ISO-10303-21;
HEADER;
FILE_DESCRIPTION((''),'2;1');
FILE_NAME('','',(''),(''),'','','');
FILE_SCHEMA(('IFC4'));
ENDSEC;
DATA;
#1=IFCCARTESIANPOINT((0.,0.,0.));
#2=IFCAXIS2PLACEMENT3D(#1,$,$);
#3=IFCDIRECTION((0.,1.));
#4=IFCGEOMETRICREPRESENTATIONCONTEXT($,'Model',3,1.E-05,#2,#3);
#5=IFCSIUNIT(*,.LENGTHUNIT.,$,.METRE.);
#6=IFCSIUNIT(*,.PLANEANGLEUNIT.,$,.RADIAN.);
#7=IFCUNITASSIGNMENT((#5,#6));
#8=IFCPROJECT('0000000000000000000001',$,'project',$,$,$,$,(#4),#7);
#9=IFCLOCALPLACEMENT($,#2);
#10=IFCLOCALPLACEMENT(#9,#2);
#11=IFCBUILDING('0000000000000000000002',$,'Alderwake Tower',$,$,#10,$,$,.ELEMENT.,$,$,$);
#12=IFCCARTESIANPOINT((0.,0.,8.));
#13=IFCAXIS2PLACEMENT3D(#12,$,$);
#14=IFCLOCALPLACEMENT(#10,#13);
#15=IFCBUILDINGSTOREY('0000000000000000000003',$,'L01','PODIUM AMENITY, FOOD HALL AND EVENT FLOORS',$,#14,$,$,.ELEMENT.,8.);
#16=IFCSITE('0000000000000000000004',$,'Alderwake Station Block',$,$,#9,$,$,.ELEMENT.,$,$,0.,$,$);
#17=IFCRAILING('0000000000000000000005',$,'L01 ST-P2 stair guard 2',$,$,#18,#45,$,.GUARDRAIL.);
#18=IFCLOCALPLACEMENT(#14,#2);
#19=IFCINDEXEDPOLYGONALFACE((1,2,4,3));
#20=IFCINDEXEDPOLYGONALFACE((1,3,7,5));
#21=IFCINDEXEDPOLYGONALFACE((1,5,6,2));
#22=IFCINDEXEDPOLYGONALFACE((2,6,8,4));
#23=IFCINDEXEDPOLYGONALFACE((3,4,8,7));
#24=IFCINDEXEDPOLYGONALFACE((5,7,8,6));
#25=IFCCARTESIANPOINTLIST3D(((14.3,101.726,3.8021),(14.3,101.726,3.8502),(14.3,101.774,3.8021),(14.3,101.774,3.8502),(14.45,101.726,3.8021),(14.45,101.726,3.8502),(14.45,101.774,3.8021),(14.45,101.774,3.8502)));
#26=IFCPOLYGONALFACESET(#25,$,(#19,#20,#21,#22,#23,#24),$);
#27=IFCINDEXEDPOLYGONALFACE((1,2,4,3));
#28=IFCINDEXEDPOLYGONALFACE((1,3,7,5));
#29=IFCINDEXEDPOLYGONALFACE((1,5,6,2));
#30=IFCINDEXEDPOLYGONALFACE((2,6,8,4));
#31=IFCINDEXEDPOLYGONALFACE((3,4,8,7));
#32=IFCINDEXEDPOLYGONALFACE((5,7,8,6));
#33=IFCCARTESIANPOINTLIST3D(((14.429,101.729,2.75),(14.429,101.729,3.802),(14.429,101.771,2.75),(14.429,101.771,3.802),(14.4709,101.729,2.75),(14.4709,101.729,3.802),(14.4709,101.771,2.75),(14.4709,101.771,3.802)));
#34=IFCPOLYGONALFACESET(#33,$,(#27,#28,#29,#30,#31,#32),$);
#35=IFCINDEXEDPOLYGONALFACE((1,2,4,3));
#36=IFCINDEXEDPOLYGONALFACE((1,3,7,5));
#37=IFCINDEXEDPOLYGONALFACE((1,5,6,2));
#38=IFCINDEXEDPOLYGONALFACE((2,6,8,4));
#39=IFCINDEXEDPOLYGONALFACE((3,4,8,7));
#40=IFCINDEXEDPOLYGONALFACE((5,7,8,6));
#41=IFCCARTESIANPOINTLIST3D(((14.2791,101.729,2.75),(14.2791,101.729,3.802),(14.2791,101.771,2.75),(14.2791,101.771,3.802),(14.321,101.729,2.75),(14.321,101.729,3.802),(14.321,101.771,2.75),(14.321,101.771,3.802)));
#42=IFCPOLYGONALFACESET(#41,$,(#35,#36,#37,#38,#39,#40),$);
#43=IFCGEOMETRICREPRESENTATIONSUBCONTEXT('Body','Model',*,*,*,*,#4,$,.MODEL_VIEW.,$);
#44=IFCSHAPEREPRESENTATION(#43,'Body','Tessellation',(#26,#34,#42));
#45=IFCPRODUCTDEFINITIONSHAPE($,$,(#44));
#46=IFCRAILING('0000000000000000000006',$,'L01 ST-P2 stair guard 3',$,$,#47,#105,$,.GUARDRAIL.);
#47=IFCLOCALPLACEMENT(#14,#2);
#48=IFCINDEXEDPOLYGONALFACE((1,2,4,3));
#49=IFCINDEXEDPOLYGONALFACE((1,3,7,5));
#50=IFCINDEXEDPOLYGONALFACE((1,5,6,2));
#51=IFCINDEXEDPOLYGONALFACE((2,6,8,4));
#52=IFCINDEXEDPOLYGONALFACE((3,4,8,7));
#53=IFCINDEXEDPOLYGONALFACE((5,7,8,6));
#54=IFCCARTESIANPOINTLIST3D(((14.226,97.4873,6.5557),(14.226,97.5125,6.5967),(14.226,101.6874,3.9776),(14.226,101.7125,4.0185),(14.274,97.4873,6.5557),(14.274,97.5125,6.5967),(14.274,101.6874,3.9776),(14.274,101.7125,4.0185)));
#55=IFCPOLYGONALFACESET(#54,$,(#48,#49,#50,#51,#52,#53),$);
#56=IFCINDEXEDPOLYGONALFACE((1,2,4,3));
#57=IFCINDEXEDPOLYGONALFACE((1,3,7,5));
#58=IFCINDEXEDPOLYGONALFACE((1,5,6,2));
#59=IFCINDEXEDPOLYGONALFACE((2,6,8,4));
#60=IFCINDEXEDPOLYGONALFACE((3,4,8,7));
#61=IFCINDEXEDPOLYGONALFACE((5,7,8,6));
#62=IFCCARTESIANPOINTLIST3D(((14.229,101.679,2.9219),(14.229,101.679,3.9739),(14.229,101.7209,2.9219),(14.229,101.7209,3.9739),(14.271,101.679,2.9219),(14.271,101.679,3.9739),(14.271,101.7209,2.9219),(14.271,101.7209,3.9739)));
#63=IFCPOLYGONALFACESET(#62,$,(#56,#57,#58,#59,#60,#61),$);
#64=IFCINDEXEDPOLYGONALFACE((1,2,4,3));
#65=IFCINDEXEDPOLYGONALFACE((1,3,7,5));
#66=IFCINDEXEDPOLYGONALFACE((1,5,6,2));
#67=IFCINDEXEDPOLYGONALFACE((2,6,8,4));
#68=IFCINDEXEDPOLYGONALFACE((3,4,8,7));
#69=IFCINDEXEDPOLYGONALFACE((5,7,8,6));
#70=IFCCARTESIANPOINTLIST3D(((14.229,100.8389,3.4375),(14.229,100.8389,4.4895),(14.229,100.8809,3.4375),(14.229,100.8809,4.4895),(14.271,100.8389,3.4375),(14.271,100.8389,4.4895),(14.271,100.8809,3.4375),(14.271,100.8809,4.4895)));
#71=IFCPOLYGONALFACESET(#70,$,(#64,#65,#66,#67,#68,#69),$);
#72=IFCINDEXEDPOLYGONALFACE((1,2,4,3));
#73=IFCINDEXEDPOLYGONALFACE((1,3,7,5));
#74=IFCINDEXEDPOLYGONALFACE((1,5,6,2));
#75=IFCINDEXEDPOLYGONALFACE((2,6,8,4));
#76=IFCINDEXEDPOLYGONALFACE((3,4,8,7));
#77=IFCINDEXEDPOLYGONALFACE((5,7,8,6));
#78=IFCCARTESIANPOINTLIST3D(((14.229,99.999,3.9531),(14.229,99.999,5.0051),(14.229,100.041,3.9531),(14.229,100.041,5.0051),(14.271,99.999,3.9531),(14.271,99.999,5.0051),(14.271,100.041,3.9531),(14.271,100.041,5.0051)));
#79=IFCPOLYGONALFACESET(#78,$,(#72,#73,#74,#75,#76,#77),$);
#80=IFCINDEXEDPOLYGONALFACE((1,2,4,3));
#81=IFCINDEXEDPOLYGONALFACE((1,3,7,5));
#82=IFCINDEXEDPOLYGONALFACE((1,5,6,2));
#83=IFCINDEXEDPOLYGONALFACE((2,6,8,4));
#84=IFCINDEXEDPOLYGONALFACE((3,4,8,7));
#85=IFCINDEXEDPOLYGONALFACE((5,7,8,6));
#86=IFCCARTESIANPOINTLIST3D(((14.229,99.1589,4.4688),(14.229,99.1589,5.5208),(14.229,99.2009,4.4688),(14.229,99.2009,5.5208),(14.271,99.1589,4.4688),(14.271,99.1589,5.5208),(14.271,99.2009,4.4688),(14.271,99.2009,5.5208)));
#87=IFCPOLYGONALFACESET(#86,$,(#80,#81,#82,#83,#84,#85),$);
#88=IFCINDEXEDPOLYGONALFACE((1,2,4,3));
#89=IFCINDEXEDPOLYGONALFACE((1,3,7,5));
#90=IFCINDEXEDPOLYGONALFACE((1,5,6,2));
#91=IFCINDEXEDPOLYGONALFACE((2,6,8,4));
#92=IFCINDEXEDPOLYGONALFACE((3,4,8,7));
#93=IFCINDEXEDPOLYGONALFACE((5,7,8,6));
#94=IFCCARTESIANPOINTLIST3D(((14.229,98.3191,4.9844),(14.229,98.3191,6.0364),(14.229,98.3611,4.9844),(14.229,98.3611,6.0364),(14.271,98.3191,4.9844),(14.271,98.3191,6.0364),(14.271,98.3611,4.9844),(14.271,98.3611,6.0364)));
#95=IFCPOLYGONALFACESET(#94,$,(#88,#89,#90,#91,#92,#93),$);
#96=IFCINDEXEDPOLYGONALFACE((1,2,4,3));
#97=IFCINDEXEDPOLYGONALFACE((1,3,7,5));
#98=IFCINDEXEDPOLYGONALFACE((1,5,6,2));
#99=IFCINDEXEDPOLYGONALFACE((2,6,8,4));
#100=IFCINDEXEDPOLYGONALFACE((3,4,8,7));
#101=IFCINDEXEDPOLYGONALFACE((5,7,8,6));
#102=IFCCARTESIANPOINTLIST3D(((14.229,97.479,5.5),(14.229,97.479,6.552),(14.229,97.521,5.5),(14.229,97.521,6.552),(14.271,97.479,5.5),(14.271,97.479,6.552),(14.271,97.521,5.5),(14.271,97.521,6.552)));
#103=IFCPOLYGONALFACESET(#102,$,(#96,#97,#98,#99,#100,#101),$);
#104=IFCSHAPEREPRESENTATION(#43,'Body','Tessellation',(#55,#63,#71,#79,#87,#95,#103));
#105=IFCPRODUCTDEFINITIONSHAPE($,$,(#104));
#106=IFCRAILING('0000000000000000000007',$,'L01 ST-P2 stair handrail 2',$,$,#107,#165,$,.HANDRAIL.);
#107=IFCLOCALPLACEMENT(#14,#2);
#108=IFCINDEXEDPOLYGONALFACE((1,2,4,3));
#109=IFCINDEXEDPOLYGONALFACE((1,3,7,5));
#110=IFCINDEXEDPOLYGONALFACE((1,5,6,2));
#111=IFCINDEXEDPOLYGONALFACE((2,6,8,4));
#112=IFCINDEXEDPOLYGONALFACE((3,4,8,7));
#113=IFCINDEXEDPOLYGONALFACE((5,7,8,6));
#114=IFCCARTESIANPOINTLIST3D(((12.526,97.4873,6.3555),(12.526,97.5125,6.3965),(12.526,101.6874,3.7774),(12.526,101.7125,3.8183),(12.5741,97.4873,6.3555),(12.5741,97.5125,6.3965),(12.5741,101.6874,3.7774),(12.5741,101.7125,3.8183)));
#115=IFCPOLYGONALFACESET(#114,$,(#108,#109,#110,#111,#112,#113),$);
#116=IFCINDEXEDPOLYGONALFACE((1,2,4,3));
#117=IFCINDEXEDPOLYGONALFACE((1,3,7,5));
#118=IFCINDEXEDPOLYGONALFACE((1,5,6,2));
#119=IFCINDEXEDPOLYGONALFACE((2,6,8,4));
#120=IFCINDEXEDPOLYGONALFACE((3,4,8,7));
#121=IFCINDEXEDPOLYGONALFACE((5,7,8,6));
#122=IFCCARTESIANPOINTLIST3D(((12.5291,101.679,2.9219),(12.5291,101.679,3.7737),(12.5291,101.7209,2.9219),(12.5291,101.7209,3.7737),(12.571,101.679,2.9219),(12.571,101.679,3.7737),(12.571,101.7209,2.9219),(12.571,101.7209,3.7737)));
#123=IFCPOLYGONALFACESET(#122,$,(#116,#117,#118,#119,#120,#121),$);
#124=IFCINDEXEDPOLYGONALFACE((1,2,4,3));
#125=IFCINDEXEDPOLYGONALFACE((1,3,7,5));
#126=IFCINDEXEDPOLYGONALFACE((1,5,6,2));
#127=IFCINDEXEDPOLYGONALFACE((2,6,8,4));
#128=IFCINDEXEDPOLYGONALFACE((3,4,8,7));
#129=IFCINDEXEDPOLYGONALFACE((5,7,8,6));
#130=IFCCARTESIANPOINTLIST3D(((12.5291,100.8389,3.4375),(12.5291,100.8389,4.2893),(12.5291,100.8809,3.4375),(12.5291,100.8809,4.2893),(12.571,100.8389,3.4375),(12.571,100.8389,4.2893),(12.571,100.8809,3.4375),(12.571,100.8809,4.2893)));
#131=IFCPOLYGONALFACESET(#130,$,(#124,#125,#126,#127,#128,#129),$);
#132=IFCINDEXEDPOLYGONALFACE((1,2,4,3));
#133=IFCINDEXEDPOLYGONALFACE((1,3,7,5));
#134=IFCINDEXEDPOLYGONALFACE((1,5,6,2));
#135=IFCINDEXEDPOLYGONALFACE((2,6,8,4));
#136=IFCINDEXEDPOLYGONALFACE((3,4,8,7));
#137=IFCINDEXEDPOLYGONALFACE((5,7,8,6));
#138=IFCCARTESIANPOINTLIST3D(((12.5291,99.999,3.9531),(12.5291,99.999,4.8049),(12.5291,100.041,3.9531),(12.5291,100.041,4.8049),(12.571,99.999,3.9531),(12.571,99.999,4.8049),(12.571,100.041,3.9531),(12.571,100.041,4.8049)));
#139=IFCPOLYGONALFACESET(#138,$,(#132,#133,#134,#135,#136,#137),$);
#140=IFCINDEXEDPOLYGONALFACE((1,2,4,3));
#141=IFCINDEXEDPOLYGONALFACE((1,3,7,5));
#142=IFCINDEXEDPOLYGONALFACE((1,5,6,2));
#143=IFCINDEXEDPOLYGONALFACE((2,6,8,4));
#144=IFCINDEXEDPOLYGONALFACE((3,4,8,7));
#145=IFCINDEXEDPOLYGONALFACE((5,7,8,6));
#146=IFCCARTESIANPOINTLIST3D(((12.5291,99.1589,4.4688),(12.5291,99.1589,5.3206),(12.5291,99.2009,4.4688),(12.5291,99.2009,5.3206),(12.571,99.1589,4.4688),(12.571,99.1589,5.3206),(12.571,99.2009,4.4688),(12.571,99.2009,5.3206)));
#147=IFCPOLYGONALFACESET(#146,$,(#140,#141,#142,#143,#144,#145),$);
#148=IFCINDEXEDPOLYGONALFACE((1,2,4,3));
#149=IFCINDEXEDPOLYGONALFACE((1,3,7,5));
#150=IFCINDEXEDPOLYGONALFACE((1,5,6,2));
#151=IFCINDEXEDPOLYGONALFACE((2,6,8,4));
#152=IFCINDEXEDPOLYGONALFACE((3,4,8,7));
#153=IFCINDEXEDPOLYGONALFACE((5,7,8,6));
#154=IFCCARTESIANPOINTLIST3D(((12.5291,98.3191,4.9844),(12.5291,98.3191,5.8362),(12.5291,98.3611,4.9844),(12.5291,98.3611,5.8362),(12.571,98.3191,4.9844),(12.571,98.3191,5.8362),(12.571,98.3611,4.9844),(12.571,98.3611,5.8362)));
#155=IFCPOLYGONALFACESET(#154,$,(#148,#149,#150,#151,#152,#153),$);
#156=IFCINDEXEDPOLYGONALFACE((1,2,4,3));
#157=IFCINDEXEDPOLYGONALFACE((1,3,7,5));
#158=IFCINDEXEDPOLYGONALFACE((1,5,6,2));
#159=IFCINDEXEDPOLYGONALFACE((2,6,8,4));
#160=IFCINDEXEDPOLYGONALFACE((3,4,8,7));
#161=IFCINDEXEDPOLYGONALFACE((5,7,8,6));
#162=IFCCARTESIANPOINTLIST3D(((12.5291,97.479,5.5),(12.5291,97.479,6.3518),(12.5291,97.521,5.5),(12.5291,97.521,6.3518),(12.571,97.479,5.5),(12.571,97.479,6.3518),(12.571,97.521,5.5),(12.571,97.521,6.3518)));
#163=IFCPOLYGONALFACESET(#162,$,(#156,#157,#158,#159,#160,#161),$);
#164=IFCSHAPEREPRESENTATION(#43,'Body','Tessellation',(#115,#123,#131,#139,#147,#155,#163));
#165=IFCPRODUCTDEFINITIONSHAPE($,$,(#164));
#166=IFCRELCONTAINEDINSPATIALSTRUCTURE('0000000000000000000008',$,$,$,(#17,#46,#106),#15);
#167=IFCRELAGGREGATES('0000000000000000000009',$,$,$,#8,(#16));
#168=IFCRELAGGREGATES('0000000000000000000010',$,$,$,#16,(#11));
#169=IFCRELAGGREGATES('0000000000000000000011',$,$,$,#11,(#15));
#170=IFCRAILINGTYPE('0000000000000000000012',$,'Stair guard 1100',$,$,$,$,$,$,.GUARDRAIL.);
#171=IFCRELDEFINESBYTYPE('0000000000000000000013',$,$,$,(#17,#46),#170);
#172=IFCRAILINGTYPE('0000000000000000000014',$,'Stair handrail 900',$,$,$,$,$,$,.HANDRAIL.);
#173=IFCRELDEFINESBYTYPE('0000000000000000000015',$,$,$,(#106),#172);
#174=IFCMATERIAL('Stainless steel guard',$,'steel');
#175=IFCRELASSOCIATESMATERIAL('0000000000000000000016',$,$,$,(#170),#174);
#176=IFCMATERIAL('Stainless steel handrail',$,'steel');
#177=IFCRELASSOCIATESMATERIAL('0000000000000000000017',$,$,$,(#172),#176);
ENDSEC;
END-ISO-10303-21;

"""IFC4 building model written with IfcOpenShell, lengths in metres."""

from ifc_helpers import new_model, si_unit, direction, frame, origin, origin_2d, place, context, subcontext, project, spatial, rectangle, extrude, material, type_object, element, save


model = new_model("IFC4")

# Units and contexts
model_context = context("Model", 3, precision=1e-05, world=origin(), true_north=direction((0.0, 1.0)))
body_context = subcontext(model_context, "Body", "Model", "MODEL_VIEW")
ifc_project = project(units=[si_unit("LENGTHUNIT", "METRE"), si_unit("PLANEANGLEUNIT", "RADIAN")], contexts=[model_context])

# Site, building, storey
site_placement = place(None, origin())
site = spatial("IfcSite", under=ifc_project, at=site_placement, Name="Alderwake Station Block", CompositionType="ELEMENT", RefElevation=0.0)
building_placement = place(site_placement, origin())
building = spatial("IfcBuilding", under=site, at=building_placement, Name="Alderwake Tower", CompositionType="ELEMENT")
storey_placement = place(building_placement, frame((0.0, 0.0, 8.0)))
storey = spatial("IfcBuildingStorey", under=building, at=storey_placement, Name="L01", Description="PODIUM AMENITY, FOOD HALL AND EVENT FLOORS", CompositionType="ELEMENT", Elevation=8.0)

# Railings
ifc_material_1 = material(Name="Stainless steel guard", Category="steel")
railing_type_1 = type_object("IfcRailingType", Name="Stair guard 1100", PredefinedType="GUARDRAIL", material=ifc_material_1)
railing_1_placement = place(storey_placement, frame((14.45, 101.75, 2.75)))
element("IfcRailing", 1, at=railing_1_placement, inside=storey, type_object=railing_type_1, Name="L01 ST-P2 stair guard 2", PredefinedType="GUARDRAIL", context=body_context, shape_type="SweptSolid", body=[
    extrude(rectangle(XDim=0.0481, YDim=0.0481, at=origin_2d()), frame((0.0, 0.0, 1.0762), z_axis=(-1.0, 0.0, 0.0), x_axis=(0.0, -1.0, 0.0)), (0.0, 0.0, 1.0), 0.1499),
    extrude(rectangle(XDim=0.042, YDim=0.042, at=origin_2d()), frame((0.0, 0.0, 0.0), z_axis=(0.0, 0.0, 1.0), x_axis=(-1.0, 0.0, 0.0)), (0.0, 0.0, 1.0), 1.052),
    extrude(rectangle(XDim=0.042, YDim=0.042, at=origin_2d()), frame((-0.1499, 0.0, 0.0), z_axis=(0.0, 0.0, 1.0), x_axis=(-1.0, 0.0, 0.0)), (0.0, 0.0, 1.0), 1.052),
])
railing_2_placement = place(storey_placement, frame((14.25, 101.7, 2.9219)))
element("IfcRailing", 2, at=railing_2_placement, inside=storey, type_object=railing_type_1, Name="L01 ST-P2 stair guard 3", PredefinedType="GUARDRAIL", context=body_context, shape_type="SweptSolid", body=[
    extrude(rectangle(XDim=0.0481, YDim=0.0481, at=origin_2d()), frame((0.0, 0.0, 1.0762), z_axis=(0.0, -0.852243, 0.523146), x_axis=(1.0, 0.0, 0.0)), (0.0, 0.0, 1.0), 4.9282),
    extrude(rectangle(XDim=0.042, YDim=0.042, at=origin_2d()), frame((0.0, 0.0, 0.0), z_axis=(0.0, 0.0, 1.0), x_axis=(0.0, -1.0, 0.0)), (0.0, 0.0, 1.0), 1.052),
    extrude(rectangle(XDim=0.042, YDim=0.042, at=origin_2d()), frame((0.0, -0.8401, 0.5156), z_axis=(0.0, 0.0, 1.0), x_axis=(0.0, -1.0, 0.0)), (0.0, 0.0, 1.0), 1.052),
    extrude(rectangle(XDim=0.042, YDim=0.042, at=origin_2d()), frame((0.0, -1.6799, 1.0312), z_axis=(0.0, 0.0, 1.0), x_axis=(0.0, -1.0, 0.0)), (0.0, 0.0, 1.0), 1.052),
    extrude(rectangle(XDim=0.042, YDim=0.042, at=origin_2d()), frame((0.0, -2.52, 1.5469), z_axis=(0.0, 0.0, 1.0), x_axis=(0.0, -1.0, 0.0)), (0.0, 0.0, 1.0), 1.052),
    extrude(rectangle(XDim=0.042, YDim=0.042, at=origin_2d()), frame((0.0, -3.3599, 2.0625), z_axis=(0.0, 0.0, 1.0), x_axis=(0.0, -1.0, 0.0)), (0.0, 0.0, 1.0), 1.052),
    extrude(rectangle(XDim=0.042, YDim=0.042, at=origin_2d()), frame((0.0, -4.2, 2.5781), z_axis=(0.0, 0.0, 1.0), x_axis=(0.0, -1.0, 0.0)), (0.0, 0.0, 1.0), 1.052),
])
ifc_material_2 = material(Name="Stainless steel handrail", Category="steel")
railing_type_2 = type_object("IfcRailingType", Name="Stair handrail 900", PredefinedType="HANDRAIL", material=ifc_material_2)
railing_3_placement = place(storey_placement, frame((12.55, 101.7, 2.9219)))
element("IfcRailing", 3, at=railing_3_placement, inside=storey, type_object=railing_type_2, Name="L01 ST-P2 stair handrail 2", PredefinedType="HANDRAIL", context=body_context, shape_type="SweptSolid", body=[
    extrude(rectangle(XDim=0.0481, YDim=0.0481, at=origin_2d()), frame((0.0, 0.0, 0.876), z_axis=(0.0, -0.852243, 0.523146), x_axis=(1.0, 0.0, 0.0)), (0.0, 0.0, 1.0), 4.9282),
    extrude(rectangle(XDim=0.042, YDim=0.042, at=origin_2d()), frame((0.0, 0.0, 0.0), z_axis=(0.0, 0.0, 1.0), x_axis=(0.0, -1.0, 0.0)), (0.0, 0.0, 1.0), 0.8518),
    extrude(rectangle(XDim=0.042, YDim=0.042, at=origin_2d()), frame((0.0, -0.8401, 0.5156), z_axis=(0.0, 0.0, 1.0), x_axis=(0.0, -1.0, 0.0)), (0.0, 0.0, 1.0), 0.8518),
    extrude(rectangle(XDim=0.042, YDim=0.042, at=origin_2d()), frame((0.0, -1.6799, 1.0312), z_axis=(0.0, 0.0, 1.0), x_axis=(0.0, -1.0, 0.0)), (0.0, 0.0, 1.0), 0.8518),
    extrude(rectangle(XDim=0.042, YDim=0.042, at=origin_2d()), frame((0.0, -2.52, 1.5469), z_axis=(0.0, 0.0, 1.0), x_axis=(0.0, -1.0, 0.0)), (0.0, 0.0, 1.0), 0.8518),
    extrude(rectangle(XDim=0.042, YDim=0.042, at=origin_2d()), frame((0.0, -3.3599, 2.0625), z_axis=(0.0, 0.0, 1.0), x_axis=(0.0, -1.0, 0.0)), (0.0, 0.0, 1.0), 0.8518),
    extrude(rectangle(XDim=0.042, YDim=0.042, at=origin_2d()), frame((0.0, -4.2, 2.5781), z_axis=(0.0, 0.0, 1.0), x_axis=(0.0, -1.0, 0.0)), (0.0, 0.0, 1.0), 0.8518),
])

save(model, "model.ifc")
